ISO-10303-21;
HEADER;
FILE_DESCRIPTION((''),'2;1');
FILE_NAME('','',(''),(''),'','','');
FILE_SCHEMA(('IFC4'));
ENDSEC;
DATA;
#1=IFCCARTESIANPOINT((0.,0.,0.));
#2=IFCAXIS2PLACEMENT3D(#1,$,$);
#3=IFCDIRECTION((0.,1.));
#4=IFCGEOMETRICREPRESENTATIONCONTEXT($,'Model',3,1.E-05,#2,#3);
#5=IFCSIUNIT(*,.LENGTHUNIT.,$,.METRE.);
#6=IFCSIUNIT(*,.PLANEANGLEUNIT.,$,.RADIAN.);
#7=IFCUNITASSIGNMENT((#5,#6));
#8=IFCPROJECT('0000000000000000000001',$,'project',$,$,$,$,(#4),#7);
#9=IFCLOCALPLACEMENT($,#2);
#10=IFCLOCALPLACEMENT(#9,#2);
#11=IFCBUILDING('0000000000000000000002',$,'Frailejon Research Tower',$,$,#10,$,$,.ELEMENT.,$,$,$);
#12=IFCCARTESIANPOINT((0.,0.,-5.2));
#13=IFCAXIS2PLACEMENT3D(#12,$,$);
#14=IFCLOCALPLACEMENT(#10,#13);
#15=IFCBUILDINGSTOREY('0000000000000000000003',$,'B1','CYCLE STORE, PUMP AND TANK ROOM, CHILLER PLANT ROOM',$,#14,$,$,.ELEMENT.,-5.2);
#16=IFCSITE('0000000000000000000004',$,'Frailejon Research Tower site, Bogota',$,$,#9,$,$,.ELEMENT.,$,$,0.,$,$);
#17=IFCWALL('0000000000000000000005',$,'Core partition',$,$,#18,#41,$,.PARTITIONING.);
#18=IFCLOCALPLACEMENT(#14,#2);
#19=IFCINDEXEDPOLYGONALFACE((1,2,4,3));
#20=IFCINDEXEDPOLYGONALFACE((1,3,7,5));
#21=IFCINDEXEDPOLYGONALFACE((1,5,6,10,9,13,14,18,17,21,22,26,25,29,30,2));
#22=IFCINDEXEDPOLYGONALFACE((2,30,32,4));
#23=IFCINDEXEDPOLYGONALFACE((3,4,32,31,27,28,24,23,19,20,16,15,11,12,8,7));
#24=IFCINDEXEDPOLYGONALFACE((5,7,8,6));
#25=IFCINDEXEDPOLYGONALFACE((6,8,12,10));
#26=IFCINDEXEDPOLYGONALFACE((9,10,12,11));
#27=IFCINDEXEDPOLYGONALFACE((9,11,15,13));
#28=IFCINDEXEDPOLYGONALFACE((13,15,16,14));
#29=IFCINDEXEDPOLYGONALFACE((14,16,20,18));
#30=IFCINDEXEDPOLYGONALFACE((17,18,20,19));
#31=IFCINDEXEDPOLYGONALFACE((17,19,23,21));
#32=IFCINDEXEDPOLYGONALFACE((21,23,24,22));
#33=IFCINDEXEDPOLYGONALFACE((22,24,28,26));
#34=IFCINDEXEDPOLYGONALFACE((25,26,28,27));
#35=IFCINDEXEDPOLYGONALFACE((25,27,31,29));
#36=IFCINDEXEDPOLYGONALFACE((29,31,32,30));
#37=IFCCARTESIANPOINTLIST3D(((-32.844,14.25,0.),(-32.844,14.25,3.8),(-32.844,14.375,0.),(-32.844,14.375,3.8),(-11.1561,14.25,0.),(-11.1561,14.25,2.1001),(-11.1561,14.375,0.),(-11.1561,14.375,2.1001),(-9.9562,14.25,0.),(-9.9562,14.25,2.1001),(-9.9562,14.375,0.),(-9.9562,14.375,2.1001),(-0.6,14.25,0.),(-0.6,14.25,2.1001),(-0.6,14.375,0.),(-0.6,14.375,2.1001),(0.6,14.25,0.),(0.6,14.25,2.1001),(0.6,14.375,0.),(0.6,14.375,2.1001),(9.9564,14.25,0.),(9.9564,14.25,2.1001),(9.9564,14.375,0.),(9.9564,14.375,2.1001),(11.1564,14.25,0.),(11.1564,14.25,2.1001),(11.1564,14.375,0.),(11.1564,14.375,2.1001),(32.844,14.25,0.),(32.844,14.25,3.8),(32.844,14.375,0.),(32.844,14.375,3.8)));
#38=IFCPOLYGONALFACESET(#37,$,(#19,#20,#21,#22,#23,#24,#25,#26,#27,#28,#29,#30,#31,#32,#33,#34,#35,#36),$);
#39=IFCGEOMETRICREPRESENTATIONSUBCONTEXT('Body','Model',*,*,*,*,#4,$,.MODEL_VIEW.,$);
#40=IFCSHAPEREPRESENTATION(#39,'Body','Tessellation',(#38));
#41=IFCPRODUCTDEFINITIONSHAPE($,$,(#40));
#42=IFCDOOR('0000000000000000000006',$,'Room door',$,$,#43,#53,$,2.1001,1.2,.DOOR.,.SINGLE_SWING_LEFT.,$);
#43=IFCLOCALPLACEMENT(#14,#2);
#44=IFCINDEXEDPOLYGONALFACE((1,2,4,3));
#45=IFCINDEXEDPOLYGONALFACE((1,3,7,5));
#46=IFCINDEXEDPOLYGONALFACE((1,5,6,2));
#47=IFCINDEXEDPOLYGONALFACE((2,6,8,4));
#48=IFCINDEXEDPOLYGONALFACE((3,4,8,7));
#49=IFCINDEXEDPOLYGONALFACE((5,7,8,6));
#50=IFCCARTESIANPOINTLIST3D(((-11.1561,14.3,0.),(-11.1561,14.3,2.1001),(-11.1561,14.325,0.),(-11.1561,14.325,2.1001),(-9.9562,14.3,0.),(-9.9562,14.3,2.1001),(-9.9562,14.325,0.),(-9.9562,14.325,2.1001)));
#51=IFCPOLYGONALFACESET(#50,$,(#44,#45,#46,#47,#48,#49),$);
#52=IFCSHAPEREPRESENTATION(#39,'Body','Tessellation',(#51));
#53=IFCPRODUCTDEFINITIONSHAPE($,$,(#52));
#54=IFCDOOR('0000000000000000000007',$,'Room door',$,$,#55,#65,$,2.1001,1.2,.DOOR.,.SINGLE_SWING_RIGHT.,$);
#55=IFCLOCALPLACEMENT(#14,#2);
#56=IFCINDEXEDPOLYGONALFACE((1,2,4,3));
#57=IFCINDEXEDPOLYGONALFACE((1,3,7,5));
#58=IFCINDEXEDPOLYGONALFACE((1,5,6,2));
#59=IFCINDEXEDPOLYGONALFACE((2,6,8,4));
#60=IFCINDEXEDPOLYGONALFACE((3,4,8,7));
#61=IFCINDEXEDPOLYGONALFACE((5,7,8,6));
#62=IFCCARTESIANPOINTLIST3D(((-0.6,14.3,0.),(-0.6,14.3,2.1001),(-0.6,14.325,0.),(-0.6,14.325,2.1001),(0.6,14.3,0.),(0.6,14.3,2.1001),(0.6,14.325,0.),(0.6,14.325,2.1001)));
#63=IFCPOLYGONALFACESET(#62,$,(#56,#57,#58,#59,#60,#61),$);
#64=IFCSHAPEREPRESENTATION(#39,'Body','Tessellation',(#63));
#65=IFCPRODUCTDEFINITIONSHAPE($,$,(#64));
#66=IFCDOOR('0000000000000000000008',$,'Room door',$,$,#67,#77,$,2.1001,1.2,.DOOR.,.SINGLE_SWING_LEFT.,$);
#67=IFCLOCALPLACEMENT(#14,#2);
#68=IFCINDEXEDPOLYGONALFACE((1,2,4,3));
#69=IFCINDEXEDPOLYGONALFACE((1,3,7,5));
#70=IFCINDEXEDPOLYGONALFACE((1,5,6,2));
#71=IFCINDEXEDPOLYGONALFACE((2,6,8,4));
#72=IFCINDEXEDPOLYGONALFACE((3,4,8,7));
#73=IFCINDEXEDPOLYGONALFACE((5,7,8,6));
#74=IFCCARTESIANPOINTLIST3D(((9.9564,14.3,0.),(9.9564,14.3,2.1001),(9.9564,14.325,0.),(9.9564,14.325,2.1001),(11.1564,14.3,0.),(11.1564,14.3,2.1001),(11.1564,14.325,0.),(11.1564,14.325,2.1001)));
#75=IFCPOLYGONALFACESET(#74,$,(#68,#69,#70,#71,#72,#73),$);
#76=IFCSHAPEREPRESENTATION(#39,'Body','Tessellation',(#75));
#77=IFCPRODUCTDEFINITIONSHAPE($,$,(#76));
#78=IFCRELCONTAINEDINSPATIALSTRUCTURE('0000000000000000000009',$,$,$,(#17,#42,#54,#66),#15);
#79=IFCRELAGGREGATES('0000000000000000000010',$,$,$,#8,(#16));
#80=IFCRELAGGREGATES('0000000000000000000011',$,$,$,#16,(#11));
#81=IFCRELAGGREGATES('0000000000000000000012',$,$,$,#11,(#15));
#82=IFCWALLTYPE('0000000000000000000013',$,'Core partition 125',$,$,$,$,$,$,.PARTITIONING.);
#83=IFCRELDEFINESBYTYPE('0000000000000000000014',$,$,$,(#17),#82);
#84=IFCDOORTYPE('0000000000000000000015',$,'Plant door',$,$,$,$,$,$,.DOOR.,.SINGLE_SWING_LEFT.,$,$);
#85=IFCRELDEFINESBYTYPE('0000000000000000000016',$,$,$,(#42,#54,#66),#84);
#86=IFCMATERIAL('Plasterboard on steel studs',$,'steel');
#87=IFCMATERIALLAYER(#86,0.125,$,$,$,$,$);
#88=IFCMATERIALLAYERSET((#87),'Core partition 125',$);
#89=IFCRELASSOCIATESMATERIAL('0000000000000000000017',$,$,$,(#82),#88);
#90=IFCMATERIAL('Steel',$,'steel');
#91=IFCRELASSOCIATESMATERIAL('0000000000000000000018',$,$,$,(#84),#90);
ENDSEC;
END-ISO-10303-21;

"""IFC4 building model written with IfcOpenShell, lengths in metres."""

from ifc_helpers import new_model, si_unit, direction, frame, frame_2d, origin, place, context, subcontext, project, spatial, rectangle, extrude, material, layer, layer_set, type_object, element, fill, save


model = new_model("IFC4")

# Units and contexts
model_context = context("Model", 3, precision=1e-05, world=origin(), true_north=direction((0.0, 1.0)))
body_context = subcontext(model_context, "Body", "Model", "MODEL_VIEW")
ifc_project = project(units=[si_unit("LENGTHUNIT", "METRE"), si_unit("PLANEANGLEUNIT", "RADIAN")], contexts=[model_context])

# Site, building, storey
site_placement = place(None, origin())
site = spatial("IfcSite", under=ifc_project, at=site_placement, Name="Frailejon Research Tower site, Bogota", CompositionType="ELEMENT", RefElevation=0.0)
building_placement = place(site_placement, origin())
building = spatial("IfcBuilding", under=site, at=building_placement, Name="Frailejon Research Tower", CompositionType="ELEMENT")
storey_placement = place(building_placement, frame((0.0, 0.0, -5.2)))
storey = spatial("IfcBuildingStorey", under=building, at=storey_placement, Name="B1", Description="CYCLE STORE, PUMP AND TANK ROOM, CHILLER PLANT ROOM", CompositionType="ELEMENT", Elevation=-5.2)

# Wall, openings, doors
ifc_material_1 = material(Name="Plasterboard on steel studs", Category="steel")
ifc_layer = layer(ifc_material_1, 0.125)
ifc_layer_set = layer_set([ifc_layer], Name="Core partition 125")
wall_type = type_object("IfcWallType", Name="Core partition 125", PredefinedType="PARTITIONING", material=ifc_layer_set)
wall_placement = place(storey_placement, frame((-32.844, 14.3125, 0.0), z_axis=(0.0, 0.0, 1.0), x_axis=(1.0, 0.0, 0.0)))
wall = element("IfcWall", 1, at=wall_placement, inside=storey, type_object=wall_type, Name="Core partition", PredefinedType="PARTITIONING", context=body_context, shape_type="SweptSolid", body=[
    extrude(rectangle(XDim=65.688, YDim=0.125, at=frame_2d((32.844, 0.0))), origin(), (0.0, 0.0, 1.0), 3.8),
])
opening_1_placement = place(wall_placement, frame((21.6877, 0.0, 0.0)))
opening_1 = element("IfcOpeningElement", 2, at=opening_1_placement, cuts=wall, PredefinedType="OPENING", context=body_context, shape_type="SweptSolid", body=[
    extrude(rectangle(XDim=1.2, YDim=2.1001, at=frame_2d((0.6001, 1.05))), frame((0.0, 0.0725, 0.0), z_axis=(0.0, -1.0, 0.0), x_axis=(1.0, 0.0, 0.0)), (0.0, 0.0, 1.0), 0.145),
])
opening_2_placement = place(wall_placement, frame((32.2439, 0.0, 0.0)))
opening_2 = element("IfcOpeningElement", 3, at=opening_2_placement, cuts=wall, PredefinedType="OPENING", context=body_context, shape_type="SweptSolid", body=[
    extrude(rectangle(XDim=1.2, YDim=2.1001, at=frame_2d((0.6001, 1.05))), frame((0.0, 0.0725, 0.0), z_axis=(0.0, -1.0, 0.0), x_axis=(1.0, 0.0, 0.0)), (0.0, 0.0, 1.0), 0.145),
])
opening_3_placement = place(wall_placement, frame((42.8003, 0.0, 0.0)))
opening_3 = element("IfcOpeningElement", 4, at=opening_3_placement, cuts=wall, PredefinedType="OPENING", context=body_context, shape_type="SweptSolid", body=[
    extrude(rectangle(XDim=1.2, YDim=2.1001, at=frame_2d((0.6001, 1.05))), frame((0.0, 0.0725, 0.0), z_axis=(0.0, -1.0, 0.0), x_axis=(1.0, 0.0, 0.0)), (0.0, 0.0, 1.0), 0.145),
])
ifc_material_2 = material(Name="Steel", Category="steel")
door_type = type_object("IfcDoorType", Name="Plant door", OperationType="SINGLE_SWING_LEFT", PredefinedType="DOOR", material=ifc_material_2)
door_1_placement = place(opening_1_placement, origin())
door_1 = element("IfcDoor", 5, at=door_1_placement, inside=storey, type_object=door_type, Name="Room door", OperationType="SINGLE_SWING_LEFT", OverallHeight=2.1001, OverallWidth=1.2, PredefinedType="DOOR", context=body_context, shape_type="SweptSolid", body=[
    extrude(rectangle(XDim=1.2, YDim=2.1001, at=frame_2d((0.6001, 1.05))), frame((0.0, 0.0125, 0.0), z_axis=(0.0, -1.0, 0.0), x_axis=(1.0, 0.0, 0.0)), (0.0, 0.0, 1.0), 0.0249),
])
fill(opening_1, door_1)
door_2_placement = place(opening_2_placement, origin())
door_2 = element("IfcDoor", 6, at=door_2_placement, inside=storey, type_object=door_type, Name="Room door", OperationType="SINGLE_SWING_RIGHT", OverallHeight=2.1001, OverallWidth=1.2, PredefinedType="DOOR", context=body_context, shape_type="SweptSolid", body=[
    extrude(rectangle(XDim=1.2, YDim=2.1001, at=frame_2d((0.6001, 1.05))), frame((0.0, 0.0125, 0.0), z_axis=(0.0, -1.0, 0.0), x_axis=(1.0, 0.0, 0.0)), (0.0, 0.0, 1.0), 0.0249),
])
fill(opening_2, door_2)
door_3_placement = place(opening_3_placement, origin())
door_3 = element("IfcDoor", 7, at=door_3_placement, inside=storey, type_object=door_type, Name="Room door", OperationType="SINGLE_SWING_LEFT", OverallHeight=2.1001, OverallWidth=1.2, PredefinedType="DOOR", context=body_context, shape_type="SweptSolid", body=[
    extrude(rectangle(XDim=1.2, YDim=2.1001, at=frame_2d((0.6001, 1.05))), frame((0.0, 0.0125, 0.0), z_axis=(0.0, -1.0, 0.0), x_axis=(1.0, 0.0, 0.0)), (0.0, 0.0, 1.0), 0.0249),
])
fill(opening_3, door_3)

save(model, "model.ifc")
